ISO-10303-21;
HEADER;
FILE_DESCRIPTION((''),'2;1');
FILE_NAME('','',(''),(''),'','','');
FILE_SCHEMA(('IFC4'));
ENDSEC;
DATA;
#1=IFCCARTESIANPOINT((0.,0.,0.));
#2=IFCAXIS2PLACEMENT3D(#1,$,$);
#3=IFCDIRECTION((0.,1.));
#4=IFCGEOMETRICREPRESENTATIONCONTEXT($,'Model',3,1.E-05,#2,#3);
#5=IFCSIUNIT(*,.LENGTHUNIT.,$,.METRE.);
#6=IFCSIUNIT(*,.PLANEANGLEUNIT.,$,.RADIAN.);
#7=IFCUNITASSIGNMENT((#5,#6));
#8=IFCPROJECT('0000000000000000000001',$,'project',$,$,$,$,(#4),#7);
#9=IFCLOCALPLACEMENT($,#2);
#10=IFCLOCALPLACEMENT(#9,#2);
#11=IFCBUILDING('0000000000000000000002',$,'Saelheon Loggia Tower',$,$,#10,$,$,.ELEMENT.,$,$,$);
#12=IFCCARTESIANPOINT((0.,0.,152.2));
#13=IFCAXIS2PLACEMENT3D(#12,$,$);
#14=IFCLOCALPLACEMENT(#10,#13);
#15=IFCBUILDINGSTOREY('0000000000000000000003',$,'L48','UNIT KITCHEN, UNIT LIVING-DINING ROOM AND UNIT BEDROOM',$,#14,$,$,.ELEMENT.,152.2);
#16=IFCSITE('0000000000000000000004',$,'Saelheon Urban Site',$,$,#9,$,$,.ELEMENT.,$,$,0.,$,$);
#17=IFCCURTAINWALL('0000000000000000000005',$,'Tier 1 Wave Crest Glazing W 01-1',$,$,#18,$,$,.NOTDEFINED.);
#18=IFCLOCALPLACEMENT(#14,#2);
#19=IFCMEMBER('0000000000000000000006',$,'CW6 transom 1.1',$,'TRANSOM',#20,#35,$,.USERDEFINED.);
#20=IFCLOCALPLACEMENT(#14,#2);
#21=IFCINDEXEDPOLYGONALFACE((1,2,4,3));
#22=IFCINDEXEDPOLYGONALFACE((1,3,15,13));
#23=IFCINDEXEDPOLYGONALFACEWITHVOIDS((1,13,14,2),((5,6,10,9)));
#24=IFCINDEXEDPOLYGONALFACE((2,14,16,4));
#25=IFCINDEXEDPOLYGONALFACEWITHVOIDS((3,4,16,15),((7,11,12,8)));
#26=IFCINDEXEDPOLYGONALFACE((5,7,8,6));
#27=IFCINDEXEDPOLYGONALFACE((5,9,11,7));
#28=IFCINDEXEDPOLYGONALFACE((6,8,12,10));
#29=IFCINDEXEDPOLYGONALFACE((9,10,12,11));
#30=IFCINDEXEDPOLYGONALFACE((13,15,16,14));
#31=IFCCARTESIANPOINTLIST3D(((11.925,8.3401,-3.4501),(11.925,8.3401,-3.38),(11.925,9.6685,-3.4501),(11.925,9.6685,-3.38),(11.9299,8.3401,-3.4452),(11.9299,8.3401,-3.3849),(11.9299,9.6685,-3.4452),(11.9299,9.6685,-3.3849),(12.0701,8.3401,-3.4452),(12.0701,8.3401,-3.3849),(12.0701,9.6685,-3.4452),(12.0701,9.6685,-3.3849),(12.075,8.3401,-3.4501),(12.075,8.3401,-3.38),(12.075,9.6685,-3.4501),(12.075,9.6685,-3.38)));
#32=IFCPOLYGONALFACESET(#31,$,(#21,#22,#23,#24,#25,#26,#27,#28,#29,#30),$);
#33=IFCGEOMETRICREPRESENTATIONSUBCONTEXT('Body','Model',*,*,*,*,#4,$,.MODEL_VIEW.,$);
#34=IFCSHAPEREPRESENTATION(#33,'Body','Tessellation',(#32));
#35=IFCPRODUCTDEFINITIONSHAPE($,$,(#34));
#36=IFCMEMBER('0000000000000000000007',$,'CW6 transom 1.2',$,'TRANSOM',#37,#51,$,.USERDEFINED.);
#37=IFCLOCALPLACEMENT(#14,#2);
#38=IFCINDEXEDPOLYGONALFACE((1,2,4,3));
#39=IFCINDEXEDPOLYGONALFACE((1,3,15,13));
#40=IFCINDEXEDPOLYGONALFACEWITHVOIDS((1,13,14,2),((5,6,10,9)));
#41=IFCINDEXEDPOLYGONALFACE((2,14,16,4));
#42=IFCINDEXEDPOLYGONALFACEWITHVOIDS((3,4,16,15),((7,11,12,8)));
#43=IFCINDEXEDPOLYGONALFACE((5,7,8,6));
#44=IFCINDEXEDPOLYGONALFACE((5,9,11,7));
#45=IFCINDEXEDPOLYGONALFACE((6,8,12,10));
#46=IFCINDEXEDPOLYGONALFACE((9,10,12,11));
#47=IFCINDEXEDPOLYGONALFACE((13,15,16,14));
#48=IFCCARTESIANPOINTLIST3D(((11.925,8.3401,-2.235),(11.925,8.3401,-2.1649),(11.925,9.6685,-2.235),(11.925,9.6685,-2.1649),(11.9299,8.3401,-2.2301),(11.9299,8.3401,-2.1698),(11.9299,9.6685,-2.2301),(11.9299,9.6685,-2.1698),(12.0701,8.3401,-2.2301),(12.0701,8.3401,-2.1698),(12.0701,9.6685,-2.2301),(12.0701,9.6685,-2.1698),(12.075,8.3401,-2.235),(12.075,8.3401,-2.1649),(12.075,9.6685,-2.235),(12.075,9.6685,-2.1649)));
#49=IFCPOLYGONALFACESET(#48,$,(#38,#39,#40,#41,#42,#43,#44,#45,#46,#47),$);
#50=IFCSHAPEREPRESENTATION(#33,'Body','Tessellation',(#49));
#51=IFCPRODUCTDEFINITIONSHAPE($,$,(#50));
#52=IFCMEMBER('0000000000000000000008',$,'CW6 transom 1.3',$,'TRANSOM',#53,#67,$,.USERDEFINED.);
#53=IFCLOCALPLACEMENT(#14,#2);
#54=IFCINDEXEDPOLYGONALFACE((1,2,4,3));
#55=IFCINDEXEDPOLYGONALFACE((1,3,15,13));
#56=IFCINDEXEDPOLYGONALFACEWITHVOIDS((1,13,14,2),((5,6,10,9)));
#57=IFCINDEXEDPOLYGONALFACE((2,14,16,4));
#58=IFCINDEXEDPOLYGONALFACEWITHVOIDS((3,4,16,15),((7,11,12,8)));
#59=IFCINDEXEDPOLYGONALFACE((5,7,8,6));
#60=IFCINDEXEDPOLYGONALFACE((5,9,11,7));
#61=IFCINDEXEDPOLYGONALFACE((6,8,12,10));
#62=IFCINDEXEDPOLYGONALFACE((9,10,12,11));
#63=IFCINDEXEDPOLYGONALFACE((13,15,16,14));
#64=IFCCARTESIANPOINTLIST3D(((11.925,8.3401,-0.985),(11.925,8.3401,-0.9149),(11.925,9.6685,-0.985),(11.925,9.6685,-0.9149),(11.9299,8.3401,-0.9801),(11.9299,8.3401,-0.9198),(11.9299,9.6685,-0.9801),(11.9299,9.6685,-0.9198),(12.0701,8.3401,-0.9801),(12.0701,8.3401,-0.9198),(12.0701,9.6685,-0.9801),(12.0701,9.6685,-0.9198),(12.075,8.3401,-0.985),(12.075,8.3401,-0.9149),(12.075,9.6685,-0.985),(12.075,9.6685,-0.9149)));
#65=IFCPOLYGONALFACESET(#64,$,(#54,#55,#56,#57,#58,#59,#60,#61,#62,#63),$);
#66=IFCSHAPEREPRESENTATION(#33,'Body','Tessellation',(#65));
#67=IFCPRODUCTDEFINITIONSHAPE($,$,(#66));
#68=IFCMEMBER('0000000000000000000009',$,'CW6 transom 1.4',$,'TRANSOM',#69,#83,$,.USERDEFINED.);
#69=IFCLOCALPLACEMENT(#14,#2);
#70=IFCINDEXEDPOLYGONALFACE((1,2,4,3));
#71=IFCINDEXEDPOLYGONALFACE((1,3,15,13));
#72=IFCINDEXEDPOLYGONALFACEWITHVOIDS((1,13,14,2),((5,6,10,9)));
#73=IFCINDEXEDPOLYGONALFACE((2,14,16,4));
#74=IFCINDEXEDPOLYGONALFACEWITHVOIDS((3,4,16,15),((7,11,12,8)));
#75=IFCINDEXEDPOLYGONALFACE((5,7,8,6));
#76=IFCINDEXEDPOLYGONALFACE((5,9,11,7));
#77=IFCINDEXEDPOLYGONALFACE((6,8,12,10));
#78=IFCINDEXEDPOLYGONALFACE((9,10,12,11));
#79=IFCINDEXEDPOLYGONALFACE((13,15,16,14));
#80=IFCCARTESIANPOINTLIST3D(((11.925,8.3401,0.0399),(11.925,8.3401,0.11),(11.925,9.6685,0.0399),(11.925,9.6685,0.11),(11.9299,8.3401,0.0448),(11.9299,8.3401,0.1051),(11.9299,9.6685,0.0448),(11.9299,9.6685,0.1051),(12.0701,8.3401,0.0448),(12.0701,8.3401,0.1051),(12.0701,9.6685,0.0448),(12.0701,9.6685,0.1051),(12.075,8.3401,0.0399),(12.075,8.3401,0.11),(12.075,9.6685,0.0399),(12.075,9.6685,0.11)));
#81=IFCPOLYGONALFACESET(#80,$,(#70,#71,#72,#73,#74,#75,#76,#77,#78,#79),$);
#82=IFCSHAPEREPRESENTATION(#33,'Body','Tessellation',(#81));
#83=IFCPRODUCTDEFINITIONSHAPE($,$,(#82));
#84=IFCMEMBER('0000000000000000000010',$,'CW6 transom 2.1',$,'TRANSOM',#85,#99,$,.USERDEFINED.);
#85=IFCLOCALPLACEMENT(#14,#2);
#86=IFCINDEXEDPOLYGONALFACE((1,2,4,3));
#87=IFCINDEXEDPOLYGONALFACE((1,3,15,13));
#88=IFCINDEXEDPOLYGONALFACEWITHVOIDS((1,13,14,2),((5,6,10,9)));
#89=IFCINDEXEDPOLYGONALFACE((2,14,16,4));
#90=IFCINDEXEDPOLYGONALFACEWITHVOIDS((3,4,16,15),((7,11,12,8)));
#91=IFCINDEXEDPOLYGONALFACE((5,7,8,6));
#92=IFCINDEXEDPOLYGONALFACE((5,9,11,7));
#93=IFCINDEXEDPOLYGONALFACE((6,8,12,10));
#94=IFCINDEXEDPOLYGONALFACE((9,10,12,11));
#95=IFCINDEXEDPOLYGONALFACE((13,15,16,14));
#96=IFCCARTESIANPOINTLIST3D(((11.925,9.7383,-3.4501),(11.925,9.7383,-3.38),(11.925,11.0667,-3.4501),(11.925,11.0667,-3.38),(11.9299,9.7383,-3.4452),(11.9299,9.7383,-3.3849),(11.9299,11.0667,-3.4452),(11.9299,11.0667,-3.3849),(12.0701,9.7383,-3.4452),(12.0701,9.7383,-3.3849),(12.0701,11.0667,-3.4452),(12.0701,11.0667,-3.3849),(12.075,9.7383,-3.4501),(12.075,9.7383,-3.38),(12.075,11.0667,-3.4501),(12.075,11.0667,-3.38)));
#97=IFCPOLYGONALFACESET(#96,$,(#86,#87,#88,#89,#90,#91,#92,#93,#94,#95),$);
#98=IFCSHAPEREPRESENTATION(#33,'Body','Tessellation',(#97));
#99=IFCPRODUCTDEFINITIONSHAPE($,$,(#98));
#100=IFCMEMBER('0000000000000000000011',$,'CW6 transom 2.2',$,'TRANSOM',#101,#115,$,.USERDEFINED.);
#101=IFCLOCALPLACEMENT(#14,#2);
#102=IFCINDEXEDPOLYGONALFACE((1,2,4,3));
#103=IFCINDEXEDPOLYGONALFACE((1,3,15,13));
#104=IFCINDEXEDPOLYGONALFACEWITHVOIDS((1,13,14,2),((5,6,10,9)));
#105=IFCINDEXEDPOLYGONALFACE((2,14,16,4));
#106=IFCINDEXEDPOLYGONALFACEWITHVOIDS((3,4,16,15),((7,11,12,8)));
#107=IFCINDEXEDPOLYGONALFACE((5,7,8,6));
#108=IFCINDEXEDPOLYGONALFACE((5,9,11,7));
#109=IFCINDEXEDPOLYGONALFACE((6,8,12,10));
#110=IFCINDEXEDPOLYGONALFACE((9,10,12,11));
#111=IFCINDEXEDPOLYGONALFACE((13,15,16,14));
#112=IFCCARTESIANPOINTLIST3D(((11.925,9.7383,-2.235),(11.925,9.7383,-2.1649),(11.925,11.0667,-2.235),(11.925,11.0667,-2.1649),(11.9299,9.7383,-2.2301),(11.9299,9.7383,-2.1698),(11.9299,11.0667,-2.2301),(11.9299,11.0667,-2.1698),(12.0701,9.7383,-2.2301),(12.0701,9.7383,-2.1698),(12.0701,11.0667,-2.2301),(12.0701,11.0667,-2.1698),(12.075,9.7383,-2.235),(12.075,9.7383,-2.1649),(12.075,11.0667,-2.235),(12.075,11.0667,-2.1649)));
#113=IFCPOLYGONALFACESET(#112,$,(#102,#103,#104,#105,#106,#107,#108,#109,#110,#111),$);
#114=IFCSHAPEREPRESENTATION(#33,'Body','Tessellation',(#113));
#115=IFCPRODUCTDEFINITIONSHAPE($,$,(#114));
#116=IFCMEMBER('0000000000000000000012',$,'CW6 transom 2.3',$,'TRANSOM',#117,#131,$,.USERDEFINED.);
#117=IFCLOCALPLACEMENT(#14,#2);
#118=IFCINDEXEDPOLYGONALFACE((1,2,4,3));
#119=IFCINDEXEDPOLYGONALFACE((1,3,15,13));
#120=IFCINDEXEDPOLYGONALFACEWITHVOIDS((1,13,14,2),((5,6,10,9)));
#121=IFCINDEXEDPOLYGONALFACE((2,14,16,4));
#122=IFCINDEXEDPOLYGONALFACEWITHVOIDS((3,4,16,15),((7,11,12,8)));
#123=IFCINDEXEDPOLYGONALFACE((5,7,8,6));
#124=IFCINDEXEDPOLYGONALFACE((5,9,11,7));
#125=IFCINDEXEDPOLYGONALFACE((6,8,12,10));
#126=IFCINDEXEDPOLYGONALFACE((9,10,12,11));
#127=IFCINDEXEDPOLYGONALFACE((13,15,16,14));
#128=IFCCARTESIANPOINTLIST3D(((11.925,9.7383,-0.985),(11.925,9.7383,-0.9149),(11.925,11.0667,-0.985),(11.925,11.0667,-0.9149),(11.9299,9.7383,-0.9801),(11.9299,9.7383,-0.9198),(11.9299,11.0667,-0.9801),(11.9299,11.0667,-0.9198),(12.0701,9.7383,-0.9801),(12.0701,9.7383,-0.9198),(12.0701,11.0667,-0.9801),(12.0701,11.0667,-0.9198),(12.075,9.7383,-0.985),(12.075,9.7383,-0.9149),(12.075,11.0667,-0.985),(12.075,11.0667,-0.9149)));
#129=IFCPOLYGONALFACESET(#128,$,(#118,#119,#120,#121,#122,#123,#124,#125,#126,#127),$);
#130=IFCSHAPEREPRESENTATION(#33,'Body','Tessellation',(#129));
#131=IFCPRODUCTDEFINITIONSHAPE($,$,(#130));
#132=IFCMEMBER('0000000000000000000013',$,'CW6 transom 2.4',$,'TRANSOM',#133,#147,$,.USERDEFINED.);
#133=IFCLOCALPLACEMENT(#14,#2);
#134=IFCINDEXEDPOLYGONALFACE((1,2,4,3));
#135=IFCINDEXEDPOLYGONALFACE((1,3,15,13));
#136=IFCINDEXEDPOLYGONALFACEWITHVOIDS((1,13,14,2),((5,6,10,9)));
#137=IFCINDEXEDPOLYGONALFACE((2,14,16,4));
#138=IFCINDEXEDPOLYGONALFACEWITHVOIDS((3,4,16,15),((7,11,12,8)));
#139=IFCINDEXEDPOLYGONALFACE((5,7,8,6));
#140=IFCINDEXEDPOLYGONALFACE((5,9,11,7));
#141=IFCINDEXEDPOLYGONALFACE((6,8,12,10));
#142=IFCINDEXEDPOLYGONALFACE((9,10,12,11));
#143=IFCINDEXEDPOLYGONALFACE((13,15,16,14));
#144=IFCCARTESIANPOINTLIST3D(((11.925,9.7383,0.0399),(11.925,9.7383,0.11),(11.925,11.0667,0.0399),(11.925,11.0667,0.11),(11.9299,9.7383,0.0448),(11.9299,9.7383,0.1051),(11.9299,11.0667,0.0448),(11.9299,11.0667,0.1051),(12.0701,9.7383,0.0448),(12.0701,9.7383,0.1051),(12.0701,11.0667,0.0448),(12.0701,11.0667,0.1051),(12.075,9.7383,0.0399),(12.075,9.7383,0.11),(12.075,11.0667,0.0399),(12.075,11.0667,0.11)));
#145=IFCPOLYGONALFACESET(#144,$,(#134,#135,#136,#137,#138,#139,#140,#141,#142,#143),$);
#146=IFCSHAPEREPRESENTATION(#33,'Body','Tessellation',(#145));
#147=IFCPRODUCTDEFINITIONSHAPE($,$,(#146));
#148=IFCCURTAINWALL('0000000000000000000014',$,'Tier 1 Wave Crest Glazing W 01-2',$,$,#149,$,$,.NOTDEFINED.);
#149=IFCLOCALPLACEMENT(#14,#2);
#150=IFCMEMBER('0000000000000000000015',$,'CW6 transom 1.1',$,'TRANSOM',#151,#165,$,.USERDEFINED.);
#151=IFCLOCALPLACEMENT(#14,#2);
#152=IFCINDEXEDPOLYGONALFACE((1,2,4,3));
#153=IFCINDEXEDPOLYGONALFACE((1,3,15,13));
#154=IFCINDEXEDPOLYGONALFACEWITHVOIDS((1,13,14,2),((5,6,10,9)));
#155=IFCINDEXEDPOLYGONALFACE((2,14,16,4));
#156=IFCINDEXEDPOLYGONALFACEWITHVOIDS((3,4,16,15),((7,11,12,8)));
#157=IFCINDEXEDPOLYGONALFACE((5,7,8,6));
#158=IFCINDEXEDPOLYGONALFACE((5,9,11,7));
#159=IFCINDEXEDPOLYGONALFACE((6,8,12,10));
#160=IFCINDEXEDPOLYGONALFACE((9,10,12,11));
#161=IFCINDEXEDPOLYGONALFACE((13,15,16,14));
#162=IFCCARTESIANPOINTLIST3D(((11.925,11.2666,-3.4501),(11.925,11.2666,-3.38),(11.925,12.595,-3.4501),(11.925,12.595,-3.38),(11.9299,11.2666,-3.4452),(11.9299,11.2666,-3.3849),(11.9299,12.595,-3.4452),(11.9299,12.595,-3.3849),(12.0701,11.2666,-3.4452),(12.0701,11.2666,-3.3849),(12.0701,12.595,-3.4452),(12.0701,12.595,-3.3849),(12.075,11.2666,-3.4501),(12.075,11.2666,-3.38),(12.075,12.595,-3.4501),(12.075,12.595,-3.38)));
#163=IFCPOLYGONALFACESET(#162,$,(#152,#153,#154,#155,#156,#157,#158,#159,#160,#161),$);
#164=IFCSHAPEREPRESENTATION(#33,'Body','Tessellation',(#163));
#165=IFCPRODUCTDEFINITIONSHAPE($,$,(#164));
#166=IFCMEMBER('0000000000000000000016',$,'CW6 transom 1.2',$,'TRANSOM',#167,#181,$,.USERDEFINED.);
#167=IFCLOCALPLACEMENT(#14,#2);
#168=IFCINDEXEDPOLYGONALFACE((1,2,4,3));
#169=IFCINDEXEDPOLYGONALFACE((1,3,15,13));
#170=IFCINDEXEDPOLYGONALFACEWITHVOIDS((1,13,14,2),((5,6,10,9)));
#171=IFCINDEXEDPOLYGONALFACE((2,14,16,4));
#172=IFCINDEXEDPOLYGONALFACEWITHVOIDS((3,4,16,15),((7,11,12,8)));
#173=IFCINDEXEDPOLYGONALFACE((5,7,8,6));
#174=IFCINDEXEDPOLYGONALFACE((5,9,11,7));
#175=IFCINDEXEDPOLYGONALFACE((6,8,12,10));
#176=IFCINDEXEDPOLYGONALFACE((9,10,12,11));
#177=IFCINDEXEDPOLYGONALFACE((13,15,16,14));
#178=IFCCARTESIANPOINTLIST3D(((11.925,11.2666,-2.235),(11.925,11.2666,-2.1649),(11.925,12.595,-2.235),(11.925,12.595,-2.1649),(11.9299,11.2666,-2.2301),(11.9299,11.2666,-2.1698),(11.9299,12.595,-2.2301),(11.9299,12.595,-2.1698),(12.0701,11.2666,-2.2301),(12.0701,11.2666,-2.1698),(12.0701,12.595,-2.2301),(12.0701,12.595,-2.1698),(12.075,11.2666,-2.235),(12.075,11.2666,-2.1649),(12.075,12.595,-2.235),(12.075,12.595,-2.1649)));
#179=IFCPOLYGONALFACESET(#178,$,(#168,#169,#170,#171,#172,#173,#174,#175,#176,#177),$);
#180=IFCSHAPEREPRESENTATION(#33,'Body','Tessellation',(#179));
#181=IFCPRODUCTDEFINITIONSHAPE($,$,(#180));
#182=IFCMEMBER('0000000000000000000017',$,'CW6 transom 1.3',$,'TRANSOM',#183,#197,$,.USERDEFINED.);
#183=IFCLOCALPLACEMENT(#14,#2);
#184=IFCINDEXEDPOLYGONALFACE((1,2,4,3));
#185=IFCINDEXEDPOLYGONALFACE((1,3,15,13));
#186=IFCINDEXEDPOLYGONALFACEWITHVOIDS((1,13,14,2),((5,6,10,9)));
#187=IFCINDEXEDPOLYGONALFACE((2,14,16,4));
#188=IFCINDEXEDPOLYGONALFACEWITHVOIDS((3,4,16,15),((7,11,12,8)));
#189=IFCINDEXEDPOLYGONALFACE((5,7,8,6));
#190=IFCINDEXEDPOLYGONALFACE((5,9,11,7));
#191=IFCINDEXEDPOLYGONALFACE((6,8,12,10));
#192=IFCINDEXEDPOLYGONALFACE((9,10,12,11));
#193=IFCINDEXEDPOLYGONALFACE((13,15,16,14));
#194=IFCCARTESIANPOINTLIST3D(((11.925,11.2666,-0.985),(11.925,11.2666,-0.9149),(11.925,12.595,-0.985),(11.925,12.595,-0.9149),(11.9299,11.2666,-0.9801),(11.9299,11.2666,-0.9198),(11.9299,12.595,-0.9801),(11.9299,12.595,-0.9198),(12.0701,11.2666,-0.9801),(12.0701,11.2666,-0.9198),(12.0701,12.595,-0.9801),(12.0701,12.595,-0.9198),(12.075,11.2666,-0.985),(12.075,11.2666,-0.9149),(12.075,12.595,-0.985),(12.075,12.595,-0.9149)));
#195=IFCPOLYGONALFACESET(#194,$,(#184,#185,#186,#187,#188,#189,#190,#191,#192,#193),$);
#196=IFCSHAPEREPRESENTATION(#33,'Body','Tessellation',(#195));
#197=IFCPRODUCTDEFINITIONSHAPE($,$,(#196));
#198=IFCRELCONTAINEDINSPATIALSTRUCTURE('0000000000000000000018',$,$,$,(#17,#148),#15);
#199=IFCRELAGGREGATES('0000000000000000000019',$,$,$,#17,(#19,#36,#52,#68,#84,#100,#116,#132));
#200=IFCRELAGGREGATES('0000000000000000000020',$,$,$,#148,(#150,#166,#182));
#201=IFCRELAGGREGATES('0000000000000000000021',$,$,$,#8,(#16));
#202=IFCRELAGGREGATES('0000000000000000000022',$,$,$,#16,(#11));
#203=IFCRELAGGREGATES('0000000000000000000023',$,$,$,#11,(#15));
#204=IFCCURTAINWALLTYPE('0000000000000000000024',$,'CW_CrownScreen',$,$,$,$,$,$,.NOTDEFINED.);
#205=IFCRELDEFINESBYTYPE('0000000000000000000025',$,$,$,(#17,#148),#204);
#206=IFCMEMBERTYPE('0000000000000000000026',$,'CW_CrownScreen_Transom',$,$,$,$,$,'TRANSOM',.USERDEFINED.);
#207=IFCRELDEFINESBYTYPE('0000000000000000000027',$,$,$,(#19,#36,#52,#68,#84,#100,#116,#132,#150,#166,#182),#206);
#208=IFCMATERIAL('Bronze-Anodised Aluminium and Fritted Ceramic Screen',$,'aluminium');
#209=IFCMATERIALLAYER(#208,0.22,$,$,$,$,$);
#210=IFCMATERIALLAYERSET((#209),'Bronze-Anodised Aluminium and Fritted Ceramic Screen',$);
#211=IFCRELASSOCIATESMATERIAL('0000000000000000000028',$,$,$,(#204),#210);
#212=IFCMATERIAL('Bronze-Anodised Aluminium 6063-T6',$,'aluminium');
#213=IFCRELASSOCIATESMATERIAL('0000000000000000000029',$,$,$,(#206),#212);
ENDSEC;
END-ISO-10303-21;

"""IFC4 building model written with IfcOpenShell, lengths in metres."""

from ifc_helpers import new_model, si_unit, direction, frame, origin, origin_2d, place, context, subcontext, project, spatial, hollow_rectangle, extrude, source, transform, mapped, material, layer, layer_set, material_profile, profile_set, type_object, element, aggregate, save


model = new_model("IFC4")

# Units and contexts
model_context = context("Model", 3, precision=1e-05, world=origin(), true_north=direction((0.0, 1.0)))
body_context = subcontext(model_context, "Body", "Model", "MODEL_VIEW")
ifc_project = project(units=[si_unit("LENGTHUNIT", "METRE"), si_unit("PLANEANGLEUNIT", "RADIAN")], contexts=[model_context])

# Site, building, storey
site_placement = place(None, origin())
site = spatial("IfcSite", under=ifc_project, at=site_placement, Name="Saelheon Urban Site", CompositionType="ELEMENT", RefElevation=0.0)
building_placement = place(site_placement, origin())
building = spatial("IfcBuilding", under=site, at=building_placement, Name="Saelheon Loggia Tower", CompositionType="ELEMENT")
storey_placement = place(building_placement, frame((0.0, 0.0, 152.2)))
storey = spatial("IfcBuildingStorey", under=building, at=storey_placement, Name="L48", Description="UNIT KITCHEN, UNIT LIVING-DINING ROOM AND UNIT BEDROOM", CompositionType="ELEMENT", Elevation=152.2)

# Curtain walls, members
ifc_material_1 = material(Name="Bronze-Anodised Aluminium and Fritted Ceramic Screen", Category="aluminium")
ifc_layer_1 = layer(ifc_material_1, 0.22)
ifc_layer_set_1 = layer_set([ifc_layer_1], Name="Bronze-Anodised Aluminium and Fritted Ceramic Screen")
curtain_wall_type = type_object("IfcCurtainWallType", Name="CW_CrownScreen", PredefinedType="NOTDEFINED", material=ifc_layer_set_1)
curtain_wall_1_placement = place(storey_placement, origin())
curtain_wall_1 = element("IfcCurtainWall", 1, at=curtain_wall_1_placement, inside=storey, type_object=curtain_wall_type, Name="Tier 1 Wave Crest Glazing W 01-1", PredefinedType="NOTDEFINED")
ifc_material_2 = material(Name="Bronze-Anodised Aluminium 6063-T6", Category="aluminium")
ifc_material_profile_1 = material_profile(ifc_material_2, hollow_rectangle(XDim=0.0701, YDim=0.1499, WallThickness=0.0049, at=origin_2d()), Name="RHS-150x70x5")
ifc_profile_set_1 = profile_set([ifc_material_profile_1], Name="Bronze-Anodised Aluminium 6063-T6")
member_type_1 = type_object("IfcMemberType", Name="CW_CrownScreen_Transom", ElementType="TRANSOM", PredefinedType="USERDEFINED", material=ifc_profile_set_1)
shared_shape_1 = source(origin(), body_context, "Body", "SweptSolid", [
    extrude(hollow_rectangle(XDim=0.0701, YDim=0.1499, WallThickness=0.0049, at=origin_2d()), origin(), (0.0, 0.0, 1.0), 1.3284),
])
member_1_placement = place(storey_placement, frame((12.0, 8.3401, -3.415), z_axis=(0.0, 1.0, 0.0), x_axis=(0.0, 0.0, 1.0)))
member_1 = element("IfcMember", 2, at=member_1_placement, type_object=member_type_1, Name="CW6 transom 1.1", ObjectType="TRANSOM", PredefinedType="USERDEFINED", context=body_context, shape_type="MappedRepresentation", body=[
    mapped(shared_shape_1, transform((0.0, 0.0, 0.0), scale=1.0)),
])
member_2_placement = place(storey_placement, frame((12.0, 8.3401, -2.2), z_axis=(0.0, 1.0, 0.0), x_axis=(0.0, 0.0, 1.0)))
member_2 = element("IfcMember", 3, at=member_2_placement, type_object=member_type_1, Name="CW6 transom 1.2", ObjectType="TRANSOM", PredefinedType="USERDEFINED", context=body_context, shape_type="MappedRepresentation", body=[
    mapped(shared_shape_1, transform((0.0, 0.0, 0.0), scale=1.0)),
])
member_3_placement = place(storey_placement, frame((12.0, 8.3401, -0.95), z_axis=(0.0, 1.0, 0.0), x_axis=(0.0, 0.0, 1.0)))
member_3 = element("IfcMember", 4, at=member_3_placement, type_object=member_type_1, Name="CW6 transom 1.3", ObjectType="TRANSOM", PredefinedType="USERDEFINED", context=body_context, shape_type="MappedRepresentation", body=[
    mapped(shared_shape_1, transform((0.0, 0.0, 0.0), scale=1.0)),
])
member_4_placement = place(storey_placement, frame((12.0, 8.3401, 0.075), z_axis=(0.0, 1.0, 0.0), x_axis=(0.0, 0.0, 1.0)))
member_4 = element("IfcMember", 5, at=member_4_placement, type_object=member_type_1, Name="CW6 transom 1.4", ObjectType="TRANSOM", PredefinedType="USERDEFINED", context=body_context, shape_type="MappedRepresentation", body=[
    mapped(shared_shape_1, transform((0.0, 0.0, 0.0), scale=1.0)),
])
member_5_placement = place(storey_placement, frame((12.0, 9.7383, -3.415), z_axis=(0.0, 1.0, 0.0), x_axis=(0.0, 0.0, 1.0)))
member_5 = element("IfcMember", 6, at=member_5_placement, type_object=member_type_1, Name="CW6 transom 2.1", ObjectType="TRANSOM", PredefinedType="USERDEFINED", context=body_context, shape_type="MappedRepresentation", body=[
    mapped(shared_shape_1, transform((0.0, 0.0, 0.0), scale=1.0)),
])
member_6_placement = place(storey_placement, frame((12.0, 9.7383, -2.2), z_axis=(0.0, 1.0, 0.0), x_axis=(0.0, 0.0, 1.0)))
member_6 = element("IfcMember", 7, at=member_6_placement, type_object=member_type_1, Name="CW6 transom 2.2", ObjectType="TRANSOM", PredefinedType="USERDEFINED", context=body_context, shape_type="MappedRepresentation", body=[
    mapped(shared_shape_1, transform((0.0, 0.0, 0.0), scale=1.0)),
])
member_7_placement = place(storey_placement, frame((12.0, 9.7383, -0.95), z_axis=(0.0, 1.0, 0.0), x_axis=(0.0, 0.0, 1.0)))
member_7 = element("IfcMember", 8, at=member_7_placement, type_object=member_type_1, Name="CW6 transom 2.3", ObjectType="TRANSOM", PredefinedType="USERDEFINED", context=body_context, shape_type="MappedRepresentation", body=[
    mapped(shared_shape_1, transform((0.0, 0.0, 0.0), scale=1.0)),
])
member_8_placement = place(storey_placement, frame((12.0, 9.7383, 0.075), z_axis=(0.0, 1.0, 0.0), x_axis=(0.0, 0.0, 1.0)))
member_8 = element("IfcMember", 9, at=member_8_placement, type_object=member_type_1, Name="CW6 transom 2.4", ObjectType="TRANSOM", PredefinedType="USERDEFINED", context=body_context, shape_type="MappedRepresentation", body=[
    mapped(shared_shape_1, transform((0.0, 0.0, 0.0), scale=1.0)),
])
curtain_wall_2_placement = place(storey_placement, origin())
curtain_wall_2 = element("IfcCurtainWall", 10, at=curtain_wall_2_placement, inside=storey, type_object=curtain_wall_type, Name="Tier 1 Wave Crest Glazing W 01-2", PredefinedType="NOTDEFINED")
member_9_placement = place(storey_placement, frame((12.0, 11.2666, -3.415), z_axis=(0.0, 1.0, 0.0), x_axis=(0.0, 0.0, 1.0)))
member_9 = element("IfcMember", 11, at=member_9_placement, type_object=member_type_1, Name="CW6 transom 1.1", ObjectType="TRANSOM", PredefinedType="USERDEFINED", context=body_context, shape_type="MappedRepresentation", body=[
    mapped(shared_shape_1, transform((0.0, 0.0, 0.0), scale=1.0)),
])
member_10_placement = place(storey_placement, frame((12.0, 11.2666, -2.2), z_axis=(0.0, 1.0, 0.0), x_axis=(0.0, 0.0, 1.0)))
member_10 = element("IfcMember", 12, at=member_10_placement, type_object=member_type_1, Name="CW6 transom 1.2", ObjectType="TRANSOM", PredefinedType="USERDEFINED", context=body_context, shape_type="MappedRepresentation", body=[
    mapped(shared_shape_1, transform((0.0, 0.0, 0.0), scale=1.0)),
])
member_11_placement = place(storey_placement, frame((12.0, 11.2666, -0.95), z_axis=(0.0, 1.0, 0.0), x_axis=(0.0, 0.0, 1.0)))
member_11 = element("IfcMember", 13, at=member_11_placement, type_object=member_type_1, Name="CW6 transom 1.3", ObjectType="TRANSOM", PredefinedType="USERDEFINED", context=body_context, shape_type="MappedRepresentation", body=[
    mapped(shared_shape_1, transform((0.0, 0.0, 0.0), scale=1.0)),
])

aggregate(curtain_wall_1, [member_1, member_2, member_3, member_4, member_5, member_6, member_7, member_8])
aggregate(curtain_wall_2, [member_9, member_10, member_11])

save(model, "model.ifc")
